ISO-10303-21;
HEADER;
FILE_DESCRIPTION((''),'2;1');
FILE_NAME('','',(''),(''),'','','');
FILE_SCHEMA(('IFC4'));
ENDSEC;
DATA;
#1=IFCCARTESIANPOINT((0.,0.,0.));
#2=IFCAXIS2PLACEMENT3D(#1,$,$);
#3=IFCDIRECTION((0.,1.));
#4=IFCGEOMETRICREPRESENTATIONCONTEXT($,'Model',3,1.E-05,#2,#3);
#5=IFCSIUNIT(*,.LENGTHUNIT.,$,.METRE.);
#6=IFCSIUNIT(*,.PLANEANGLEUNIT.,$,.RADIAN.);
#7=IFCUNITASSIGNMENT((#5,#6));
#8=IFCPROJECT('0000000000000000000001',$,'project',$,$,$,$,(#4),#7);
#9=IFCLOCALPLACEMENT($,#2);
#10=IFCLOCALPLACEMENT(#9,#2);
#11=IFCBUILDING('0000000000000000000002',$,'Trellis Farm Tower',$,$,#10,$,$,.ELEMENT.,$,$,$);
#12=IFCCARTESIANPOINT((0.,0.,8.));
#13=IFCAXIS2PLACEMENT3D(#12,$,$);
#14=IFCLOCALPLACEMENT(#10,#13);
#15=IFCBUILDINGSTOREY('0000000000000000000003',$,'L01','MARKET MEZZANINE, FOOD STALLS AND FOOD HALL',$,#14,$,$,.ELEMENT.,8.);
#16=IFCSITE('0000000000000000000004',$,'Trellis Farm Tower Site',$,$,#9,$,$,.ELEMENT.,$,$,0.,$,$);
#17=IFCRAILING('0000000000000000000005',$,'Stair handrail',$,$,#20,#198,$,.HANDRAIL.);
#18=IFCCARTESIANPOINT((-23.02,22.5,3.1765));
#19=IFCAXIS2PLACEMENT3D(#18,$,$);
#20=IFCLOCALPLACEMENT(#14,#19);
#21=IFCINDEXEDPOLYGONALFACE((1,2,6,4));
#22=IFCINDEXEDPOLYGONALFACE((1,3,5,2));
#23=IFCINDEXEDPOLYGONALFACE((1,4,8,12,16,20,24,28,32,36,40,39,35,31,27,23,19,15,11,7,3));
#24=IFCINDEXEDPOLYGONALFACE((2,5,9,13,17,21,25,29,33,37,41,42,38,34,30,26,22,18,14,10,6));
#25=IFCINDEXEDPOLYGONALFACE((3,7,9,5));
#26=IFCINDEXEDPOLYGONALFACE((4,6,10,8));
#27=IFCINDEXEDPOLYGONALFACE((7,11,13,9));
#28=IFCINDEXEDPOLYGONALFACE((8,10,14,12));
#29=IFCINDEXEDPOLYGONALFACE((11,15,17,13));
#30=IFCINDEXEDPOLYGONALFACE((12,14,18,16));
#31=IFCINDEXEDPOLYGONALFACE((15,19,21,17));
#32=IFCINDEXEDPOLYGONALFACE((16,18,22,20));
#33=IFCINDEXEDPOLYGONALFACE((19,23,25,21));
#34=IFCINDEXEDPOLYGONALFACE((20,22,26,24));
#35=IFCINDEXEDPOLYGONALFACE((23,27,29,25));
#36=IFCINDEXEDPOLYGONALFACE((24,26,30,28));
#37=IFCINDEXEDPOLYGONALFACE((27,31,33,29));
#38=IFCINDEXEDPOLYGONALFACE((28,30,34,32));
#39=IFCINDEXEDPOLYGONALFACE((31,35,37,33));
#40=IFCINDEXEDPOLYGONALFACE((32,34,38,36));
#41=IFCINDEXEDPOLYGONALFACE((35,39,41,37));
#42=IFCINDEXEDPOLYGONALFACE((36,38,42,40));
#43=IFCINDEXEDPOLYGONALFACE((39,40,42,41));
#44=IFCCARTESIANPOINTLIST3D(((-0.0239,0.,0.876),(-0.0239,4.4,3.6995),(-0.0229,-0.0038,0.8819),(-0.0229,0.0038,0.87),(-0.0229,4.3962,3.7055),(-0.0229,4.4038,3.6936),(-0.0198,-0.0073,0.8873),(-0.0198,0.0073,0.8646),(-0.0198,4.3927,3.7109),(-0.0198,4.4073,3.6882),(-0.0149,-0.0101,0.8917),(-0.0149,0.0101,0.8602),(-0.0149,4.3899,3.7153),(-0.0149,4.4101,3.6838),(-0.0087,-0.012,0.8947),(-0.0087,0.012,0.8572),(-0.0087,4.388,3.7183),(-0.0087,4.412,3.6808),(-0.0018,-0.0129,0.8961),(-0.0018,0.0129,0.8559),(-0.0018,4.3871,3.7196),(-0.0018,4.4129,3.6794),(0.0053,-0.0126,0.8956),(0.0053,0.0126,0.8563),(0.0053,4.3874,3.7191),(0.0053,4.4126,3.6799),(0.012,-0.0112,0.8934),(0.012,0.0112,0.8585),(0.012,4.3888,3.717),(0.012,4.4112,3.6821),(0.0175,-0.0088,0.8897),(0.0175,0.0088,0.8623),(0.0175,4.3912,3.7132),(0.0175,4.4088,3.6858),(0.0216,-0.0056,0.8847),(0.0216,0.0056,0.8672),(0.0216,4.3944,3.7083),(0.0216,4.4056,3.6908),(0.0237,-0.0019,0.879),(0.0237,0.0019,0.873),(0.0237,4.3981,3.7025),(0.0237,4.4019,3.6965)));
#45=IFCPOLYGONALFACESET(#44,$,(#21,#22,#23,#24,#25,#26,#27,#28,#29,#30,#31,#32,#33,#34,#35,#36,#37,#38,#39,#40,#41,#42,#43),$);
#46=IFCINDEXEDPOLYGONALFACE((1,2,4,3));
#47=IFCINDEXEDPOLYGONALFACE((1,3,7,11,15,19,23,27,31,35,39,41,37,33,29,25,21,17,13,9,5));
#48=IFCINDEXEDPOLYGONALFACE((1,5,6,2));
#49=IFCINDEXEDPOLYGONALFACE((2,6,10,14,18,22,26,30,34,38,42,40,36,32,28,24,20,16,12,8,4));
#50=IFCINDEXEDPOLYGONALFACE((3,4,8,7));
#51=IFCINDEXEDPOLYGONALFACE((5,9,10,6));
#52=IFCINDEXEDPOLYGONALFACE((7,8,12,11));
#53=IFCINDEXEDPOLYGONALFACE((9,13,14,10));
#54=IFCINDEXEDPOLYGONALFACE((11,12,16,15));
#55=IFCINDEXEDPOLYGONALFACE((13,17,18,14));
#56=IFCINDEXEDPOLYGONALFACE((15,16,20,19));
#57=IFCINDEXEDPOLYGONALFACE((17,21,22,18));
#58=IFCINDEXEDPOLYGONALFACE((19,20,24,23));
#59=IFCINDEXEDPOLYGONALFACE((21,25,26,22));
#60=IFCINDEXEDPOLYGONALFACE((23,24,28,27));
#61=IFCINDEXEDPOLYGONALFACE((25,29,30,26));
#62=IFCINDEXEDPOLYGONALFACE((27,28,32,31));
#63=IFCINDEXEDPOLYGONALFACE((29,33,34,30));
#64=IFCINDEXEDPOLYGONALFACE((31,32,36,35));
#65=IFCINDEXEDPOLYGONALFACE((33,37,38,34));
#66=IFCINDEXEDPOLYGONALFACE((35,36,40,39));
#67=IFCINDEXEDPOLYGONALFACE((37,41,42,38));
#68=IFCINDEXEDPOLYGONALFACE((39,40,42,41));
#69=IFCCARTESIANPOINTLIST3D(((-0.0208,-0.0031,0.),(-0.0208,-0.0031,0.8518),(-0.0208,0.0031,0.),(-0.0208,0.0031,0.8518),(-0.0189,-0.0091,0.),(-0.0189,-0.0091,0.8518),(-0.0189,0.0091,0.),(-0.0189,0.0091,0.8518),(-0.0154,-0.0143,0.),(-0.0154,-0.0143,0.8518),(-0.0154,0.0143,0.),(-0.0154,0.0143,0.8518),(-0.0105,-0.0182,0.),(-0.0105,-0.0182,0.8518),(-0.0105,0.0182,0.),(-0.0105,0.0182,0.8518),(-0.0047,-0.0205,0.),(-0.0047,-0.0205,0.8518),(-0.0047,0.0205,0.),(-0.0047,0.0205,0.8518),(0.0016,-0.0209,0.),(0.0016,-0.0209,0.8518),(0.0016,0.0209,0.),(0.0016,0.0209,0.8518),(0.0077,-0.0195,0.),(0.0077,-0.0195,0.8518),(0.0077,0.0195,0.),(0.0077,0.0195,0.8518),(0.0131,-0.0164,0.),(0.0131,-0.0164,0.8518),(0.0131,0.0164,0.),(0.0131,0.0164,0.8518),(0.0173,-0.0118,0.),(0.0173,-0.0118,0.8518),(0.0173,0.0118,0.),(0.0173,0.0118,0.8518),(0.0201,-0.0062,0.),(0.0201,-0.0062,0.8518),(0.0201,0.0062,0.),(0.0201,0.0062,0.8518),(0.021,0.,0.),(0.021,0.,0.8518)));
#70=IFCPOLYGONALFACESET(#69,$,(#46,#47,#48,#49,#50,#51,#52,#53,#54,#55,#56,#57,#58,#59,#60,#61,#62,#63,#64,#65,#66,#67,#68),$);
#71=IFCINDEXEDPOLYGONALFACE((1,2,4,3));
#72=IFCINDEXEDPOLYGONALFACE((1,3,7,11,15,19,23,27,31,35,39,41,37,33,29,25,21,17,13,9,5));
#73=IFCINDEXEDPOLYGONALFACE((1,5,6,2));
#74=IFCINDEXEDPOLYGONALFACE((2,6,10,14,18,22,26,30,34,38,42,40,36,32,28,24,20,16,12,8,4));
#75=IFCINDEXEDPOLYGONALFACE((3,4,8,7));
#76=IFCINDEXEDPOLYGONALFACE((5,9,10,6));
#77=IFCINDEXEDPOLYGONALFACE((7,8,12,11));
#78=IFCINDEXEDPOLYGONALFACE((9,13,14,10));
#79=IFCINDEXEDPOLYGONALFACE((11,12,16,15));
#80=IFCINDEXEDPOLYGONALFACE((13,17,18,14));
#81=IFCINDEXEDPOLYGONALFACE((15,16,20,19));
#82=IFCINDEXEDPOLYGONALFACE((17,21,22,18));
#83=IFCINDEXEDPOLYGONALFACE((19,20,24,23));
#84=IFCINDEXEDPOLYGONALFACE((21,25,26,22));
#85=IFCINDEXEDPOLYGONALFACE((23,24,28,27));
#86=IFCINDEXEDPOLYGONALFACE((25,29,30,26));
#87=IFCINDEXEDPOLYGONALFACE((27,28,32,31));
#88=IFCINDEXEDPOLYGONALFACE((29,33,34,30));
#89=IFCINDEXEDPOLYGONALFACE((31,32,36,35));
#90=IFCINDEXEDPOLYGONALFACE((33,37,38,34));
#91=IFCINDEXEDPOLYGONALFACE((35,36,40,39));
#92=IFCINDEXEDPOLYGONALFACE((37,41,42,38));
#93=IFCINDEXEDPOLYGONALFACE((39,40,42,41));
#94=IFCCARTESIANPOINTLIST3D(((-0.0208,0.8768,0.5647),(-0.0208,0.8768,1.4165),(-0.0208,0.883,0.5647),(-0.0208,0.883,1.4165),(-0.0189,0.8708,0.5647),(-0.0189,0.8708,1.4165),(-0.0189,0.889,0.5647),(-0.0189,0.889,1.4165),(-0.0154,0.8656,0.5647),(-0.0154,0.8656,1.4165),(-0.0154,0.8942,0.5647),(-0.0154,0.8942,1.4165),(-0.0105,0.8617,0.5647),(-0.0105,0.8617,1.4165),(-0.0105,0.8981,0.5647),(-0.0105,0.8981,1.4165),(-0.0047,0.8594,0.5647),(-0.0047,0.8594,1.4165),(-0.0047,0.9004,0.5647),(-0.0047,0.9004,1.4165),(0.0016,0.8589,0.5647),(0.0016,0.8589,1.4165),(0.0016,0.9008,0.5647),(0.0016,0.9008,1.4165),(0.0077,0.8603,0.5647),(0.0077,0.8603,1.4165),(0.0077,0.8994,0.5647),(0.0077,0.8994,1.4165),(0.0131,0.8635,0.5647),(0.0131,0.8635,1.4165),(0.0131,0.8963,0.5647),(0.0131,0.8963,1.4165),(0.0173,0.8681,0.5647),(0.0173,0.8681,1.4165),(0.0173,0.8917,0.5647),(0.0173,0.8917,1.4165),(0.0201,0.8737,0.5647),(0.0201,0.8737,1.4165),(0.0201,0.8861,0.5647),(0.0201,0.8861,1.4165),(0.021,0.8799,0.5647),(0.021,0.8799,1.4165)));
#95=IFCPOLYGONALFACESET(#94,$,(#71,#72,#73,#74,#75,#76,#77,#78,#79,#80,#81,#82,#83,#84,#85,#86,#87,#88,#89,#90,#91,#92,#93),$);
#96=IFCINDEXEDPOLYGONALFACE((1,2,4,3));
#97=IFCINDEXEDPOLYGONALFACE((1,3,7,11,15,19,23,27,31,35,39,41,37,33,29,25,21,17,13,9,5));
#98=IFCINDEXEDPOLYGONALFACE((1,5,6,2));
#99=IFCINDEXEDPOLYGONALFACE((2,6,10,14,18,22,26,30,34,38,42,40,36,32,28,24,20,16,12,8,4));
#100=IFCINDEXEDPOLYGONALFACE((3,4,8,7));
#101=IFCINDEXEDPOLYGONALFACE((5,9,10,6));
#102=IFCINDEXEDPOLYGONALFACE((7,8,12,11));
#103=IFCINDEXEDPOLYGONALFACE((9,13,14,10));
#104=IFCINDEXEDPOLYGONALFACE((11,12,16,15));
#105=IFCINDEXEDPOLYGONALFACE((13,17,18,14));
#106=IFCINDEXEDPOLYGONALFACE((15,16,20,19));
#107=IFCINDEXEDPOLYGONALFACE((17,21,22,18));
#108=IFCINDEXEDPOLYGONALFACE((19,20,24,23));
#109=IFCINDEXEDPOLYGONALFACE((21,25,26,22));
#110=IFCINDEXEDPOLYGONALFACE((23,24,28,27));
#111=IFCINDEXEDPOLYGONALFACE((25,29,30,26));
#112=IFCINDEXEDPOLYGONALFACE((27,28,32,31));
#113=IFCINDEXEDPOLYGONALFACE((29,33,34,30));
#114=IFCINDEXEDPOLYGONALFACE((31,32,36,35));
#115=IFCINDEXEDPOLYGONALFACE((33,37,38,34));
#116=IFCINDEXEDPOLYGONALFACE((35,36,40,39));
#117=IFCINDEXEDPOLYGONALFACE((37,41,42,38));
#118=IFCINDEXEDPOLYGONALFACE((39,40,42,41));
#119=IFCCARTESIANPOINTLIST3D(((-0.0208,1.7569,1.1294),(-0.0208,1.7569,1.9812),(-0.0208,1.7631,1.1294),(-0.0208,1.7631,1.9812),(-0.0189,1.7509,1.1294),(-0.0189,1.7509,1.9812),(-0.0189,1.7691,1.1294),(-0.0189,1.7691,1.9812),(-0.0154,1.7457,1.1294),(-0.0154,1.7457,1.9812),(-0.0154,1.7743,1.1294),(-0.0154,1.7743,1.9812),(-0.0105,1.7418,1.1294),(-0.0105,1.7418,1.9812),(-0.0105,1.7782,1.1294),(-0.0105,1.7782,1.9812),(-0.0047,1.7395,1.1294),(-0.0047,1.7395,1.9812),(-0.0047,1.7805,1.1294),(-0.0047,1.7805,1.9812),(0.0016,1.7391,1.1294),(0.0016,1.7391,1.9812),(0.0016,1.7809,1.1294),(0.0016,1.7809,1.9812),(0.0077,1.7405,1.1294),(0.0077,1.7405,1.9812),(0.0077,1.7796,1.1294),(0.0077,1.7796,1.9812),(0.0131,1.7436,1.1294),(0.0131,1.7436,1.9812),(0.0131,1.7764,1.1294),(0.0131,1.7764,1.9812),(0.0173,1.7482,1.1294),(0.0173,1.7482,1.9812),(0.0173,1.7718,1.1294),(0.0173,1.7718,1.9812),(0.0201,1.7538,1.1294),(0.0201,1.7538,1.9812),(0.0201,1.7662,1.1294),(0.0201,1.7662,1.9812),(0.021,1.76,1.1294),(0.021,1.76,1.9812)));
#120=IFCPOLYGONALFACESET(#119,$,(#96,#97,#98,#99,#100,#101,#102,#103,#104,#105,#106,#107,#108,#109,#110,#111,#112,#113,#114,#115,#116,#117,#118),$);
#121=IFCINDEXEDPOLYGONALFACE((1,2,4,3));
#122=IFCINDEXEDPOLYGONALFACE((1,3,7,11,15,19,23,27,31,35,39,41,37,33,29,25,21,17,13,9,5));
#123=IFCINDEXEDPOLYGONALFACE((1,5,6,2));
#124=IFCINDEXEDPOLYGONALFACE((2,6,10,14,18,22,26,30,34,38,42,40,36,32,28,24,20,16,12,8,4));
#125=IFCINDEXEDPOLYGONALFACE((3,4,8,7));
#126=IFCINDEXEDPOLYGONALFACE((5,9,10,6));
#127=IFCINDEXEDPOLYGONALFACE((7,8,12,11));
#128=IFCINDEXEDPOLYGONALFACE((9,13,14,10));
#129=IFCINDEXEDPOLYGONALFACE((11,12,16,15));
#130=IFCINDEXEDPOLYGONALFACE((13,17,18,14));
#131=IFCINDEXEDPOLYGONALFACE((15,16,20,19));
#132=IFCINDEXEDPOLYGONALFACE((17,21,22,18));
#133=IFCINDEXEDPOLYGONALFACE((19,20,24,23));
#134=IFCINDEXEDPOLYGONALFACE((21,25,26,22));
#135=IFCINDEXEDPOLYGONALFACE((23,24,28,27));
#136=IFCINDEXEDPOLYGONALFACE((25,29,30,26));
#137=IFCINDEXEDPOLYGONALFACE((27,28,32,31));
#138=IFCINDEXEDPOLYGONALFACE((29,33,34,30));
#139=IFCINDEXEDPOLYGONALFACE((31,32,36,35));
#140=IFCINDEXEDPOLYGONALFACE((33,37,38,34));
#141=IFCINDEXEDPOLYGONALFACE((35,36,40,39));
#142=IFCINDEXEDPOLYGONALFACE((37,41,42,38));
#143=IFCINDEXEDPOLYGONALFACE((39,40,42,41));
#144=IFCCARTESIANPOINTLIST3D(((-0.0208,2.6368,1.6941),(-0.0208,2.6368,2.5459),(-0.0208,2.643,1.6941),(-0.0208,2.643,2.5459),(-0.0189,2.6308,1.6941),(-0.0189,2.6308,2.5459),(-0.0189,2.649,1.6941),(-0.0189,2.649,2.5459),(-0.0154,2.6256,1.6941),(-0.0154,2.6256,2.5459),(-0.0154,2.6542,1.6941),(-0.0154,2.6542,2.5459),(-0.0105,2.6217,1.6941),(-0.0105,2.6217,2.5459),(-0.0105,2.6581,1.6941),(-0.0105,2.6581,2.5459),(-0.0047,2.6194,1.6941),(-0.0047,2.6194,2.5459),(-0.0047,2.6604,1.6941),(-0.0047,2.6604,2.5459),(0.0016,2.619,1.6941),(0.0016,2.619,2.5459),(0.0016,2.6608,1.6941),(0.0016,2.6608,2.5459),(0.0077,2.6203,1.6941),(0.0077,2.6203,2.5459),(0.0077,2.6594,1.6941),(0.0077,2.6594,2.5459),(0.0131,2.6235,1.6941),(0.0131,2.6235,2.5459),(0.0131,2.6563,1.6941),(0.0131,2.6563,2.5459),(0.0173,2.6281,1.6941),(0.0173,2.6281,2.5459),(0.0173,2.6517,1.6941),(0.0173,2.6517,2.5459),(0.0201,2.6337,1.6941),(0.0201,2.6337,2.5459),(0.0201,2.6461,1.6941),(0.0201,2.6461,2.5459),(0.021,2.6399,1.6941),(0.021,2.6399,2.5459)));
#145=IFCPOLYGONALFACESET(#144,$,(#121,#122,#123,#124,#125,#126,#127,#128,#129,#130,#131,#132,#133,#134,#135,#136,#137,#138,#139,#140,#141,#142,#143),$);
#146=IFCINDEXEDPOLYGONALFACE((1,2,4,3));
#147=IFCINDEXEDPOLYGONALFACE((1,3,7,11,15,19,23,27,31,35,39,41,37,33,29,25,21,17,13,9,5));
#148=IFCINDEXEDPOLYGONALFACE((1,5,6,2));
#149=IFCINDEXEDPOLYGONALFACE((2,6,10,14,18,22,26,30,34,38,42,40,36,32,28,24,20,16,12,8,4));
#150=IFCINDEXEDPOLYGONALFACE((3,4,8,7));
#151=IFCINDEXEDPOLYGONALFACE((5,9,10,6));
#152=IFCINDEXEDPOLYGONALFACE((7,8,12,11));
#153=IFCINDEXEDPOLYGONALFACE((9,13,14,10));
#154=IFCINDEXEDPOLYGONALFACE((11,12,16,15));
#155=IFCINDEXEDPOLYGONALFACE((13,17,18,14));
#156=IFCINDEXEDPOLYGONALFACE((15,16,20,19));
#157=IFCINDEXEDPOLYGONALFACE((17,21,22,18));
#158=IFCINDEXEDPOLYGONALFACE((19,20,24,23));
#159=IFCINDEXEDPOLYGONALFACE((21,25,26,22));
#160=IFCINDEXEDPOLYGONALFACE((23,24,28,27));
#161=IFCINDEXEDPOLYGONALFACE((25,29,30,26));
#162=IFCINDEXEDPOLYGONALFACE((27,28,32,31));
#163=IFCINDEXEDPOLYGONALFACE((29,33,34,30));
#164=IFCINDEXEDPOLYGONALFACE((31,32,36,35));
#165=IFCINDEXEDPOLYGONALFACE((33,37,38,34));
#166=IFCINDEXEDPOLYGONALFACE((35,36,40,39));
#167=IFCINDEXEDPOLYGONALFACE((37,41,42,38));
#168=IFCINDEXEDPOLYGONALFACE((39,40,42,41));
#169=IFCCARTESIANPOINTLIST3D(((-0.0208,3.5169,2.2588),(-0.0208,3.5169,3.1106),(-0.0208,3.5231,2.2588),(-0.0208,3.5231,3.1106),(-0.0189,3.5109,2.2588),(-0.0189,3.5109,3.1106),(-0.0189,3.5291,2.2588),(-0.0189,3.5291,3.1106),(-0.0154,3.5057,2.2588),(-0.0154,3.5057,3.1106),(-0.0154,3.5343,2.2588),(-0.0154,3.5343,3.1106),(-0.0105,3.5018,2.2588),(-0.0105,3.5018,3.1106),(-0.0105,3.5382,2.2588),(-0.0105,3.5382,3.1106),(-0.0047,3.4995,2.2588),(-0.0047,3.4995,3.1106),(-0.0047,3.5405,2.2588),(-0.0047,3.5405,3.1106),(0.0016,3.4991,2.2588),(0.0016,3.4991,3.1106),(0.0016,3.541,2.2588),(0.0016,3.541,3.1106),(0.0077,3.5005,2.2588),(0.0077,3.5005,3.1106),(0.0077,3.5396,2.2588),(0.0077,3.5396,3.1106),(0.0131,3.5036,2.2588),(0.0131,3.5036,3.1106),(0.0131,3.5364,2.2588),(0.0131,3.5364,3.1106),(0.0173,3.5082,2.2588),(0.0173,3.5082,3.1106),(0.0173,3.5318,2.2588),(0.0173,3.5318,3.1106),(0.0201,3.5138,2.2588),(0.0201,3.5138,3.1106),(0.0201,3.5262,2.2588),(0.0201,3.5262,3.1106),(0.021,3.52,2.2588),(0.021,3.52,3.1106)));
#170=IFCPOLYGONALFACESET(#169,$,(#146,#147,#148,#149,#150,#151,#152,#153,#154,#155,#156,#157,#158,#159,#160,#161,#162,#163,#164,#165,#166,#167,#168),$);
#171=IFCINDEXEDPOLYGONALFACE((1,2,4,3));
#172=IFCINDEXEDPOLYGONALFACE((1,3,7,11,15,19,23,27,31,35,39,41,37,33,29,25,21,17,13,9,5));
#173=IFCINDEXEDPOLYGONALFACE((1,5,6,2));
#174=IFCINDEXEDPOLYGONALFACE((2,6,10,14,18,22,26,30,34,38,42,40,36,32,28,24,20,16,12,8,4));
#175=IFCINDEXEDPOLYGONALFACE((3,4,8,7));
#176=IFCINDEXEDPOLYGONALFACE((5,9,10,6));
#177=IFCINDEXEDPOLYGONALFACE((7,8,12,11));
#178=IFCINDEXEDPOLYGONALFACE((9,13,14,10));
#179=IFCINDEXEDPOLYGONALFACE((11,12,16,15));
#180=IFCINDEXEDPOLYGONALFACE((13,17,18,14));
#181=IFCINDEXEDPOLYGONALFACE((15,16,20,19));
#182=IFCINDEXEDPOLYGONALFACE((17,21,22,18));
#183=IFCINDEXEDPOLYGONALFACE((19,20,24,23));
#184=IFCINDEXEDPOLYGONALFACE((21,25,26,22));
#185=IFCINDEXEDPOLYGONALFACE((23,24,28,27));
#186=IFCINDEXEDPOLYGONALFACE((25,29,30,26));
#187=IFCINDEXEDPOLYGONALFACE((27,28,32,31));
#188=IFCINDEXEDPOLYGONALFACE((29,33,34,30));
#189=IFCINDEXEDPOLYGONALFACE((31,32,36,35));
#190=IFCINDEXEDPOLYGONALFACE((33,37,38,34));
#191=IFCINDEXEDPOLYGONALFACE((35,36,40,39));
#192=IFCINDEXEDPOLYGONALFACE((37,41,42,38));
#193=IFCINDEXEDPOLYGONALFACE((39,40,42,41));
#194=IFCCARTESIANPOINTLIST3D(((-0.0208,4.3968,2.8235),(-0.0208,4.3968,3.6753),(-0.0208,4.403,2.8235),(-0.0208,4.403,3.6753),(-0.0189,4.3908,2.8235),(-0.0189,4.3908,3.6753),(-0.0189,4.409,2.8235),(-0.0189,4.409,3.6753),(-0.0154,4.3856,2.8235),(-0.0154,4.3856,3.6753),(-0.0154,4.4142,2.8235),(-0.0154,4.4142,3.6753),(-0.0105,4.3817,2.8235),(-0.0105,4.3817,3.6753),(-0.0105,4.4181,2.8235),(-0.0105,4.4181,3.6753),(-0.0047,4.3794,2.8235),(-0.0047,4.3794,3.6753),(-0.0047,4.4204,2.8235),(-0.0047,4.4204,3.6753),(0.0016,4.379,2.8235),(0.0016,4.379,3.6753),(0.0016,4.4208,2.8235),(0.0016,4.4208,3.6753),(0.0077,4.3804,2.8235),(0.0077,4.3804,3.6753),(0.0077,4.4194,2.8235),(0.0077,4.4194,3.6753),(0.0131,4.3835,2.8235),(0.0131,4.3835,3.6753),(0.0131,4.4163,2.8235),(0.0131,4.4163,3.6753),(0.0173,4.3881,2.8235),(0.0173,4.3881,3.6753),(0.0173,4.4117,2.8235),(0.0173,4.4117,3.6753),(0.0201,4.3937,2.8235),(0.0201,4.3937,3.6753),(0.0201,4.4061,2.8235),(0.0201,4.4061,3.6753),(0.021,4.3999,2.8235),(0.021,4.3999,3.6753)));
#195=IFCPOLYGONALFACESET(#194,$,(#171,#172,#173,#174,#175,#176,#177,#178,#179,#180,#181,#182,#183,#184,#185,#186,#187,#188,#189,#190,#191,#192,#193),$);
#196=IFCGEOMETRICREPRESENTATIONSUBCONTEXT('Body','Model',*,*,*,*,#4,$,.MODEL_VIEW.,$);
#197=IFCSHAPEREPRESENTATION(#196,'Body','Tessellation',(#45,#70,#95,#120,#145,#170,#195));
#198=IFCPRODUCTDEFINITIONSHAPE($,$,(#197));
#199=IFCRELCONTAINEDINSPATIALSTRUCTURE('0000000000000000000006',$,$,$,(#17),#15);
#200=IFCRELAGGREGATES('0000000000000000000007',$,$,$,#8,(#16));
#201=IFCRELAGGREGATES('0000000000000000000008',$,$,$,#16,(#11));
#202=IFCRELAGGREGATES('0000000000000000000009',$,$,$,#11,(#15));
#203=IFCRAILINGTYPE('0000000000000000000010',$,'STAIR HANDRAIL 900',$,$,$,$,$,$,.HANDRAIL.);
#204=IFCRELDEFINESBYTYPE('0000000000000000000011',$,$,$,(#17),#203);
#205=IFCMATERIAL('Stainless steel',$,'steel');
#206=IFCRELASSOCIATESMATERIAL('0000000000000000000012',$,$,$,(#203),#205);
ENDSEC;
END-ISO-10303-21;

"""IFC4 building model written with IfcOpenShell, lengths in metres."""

from ifc_helpers import new_model, si_unit, direction, frame, origin, origin_2d, place, context, subcontext, project, spatial, circle, extrude, source, transform, mapped, material, type_object, element, save


model = new_model("IFC4")

# Units and contexts
model_context = context("Model", 3, precision=1e-05, world=origin(), true_north=direction((0.0, 1.0)))
body_context = subcontext(model_context, "Body", "Model", "MODEL_VIEW")
ifc_project = project(units=[si_unit("LENGTHUNIT", "METRE"), si_unit("PLANEANGLEUNIT", "RADIAN")], contexts=[model_context])

# Site, building, storey
site_placement = place(None, origin())
site = spatial("IfcSite", under=ifc_project, at=site_placement, Name="Trellis Farm Tower Site", CompositionType="ELEMENT", RefElevation=0.0)
building_placement = place(site_placement, origin())
building = spatial("IfcBuilding", under=site, at=building_placement, Name="Trellis Farm Tower", CompositionType="ELEMENT")
storey_placement = place(building_placement, frame((0.0, 0.0, 8.0)))
storey = spatial("IfcBuildingStorey", under=building, at=storey_placement, Name="L01", Description="MARKET MEZZANINE, FOOD STALLS AND FOOD HALL", CompositionType="ELEMENT", Elevation=8.0)

# Railing
ifc_material_1 = material(Name="Stainless steel", Category="steel")
railing_type = type_object("IfcRailingType", Name="STAIR HANDRAIL 900", PredefinedType="HANDRAIL", material=ifc_material_1)
shared_shape_1 = source(origin(), body_context, "Body", "SweptSolid", [
    extrude(circle(Radius=0.0239, at=origin_2d()), frame((0.0, 0.0, 0.876), z_axis=(0.0, 0.841615, 0.540078), x_axis=(-1.0, 0.0, 0.0)), (0.0, 0.0, 1.0), 5.228),
    extrude(circle(Radius=0.021, at=origin_2d()), origin(), (0.0, 0.0, 1.0), 0.8518),
    extrude(circle(Radius=0.021, at=origin_2d()), frame((0.0, 0.8799, 0.5647)), (0.0, 0.0, 1.0), 0.8518),
    extrude(circle(Radius=0.021, at=origin_2d()), frame((0.0, 1.76, 1.1294)), (0.0, 0.0, 1.0), 0.8518),
    extrude(circle(Radius=0.021, at=origin_2d()), frame((0.0, 2.6399, 1.6941)), (0.0, 0.0, 1.0), 0.8518),
    extrude(circle(Radius=0.021, at=origin_2d()), frame((0.0, 3.52, 2.2588)), (0.0, 0.0, 1.0), 0.8518),
    extrude(circle(Radius=0.021, at=origin_2d()), frame((0.0, 4.3999, 2.8235)), (0.0, 0.0, 1.0), 0.8518),
])
for number, where, name in (
    (1, (-23.02, 22.5, 3.1765), "Stair handrail"),
):
    element("IfcRailing", number, at=place(storey_placement, frame(where)), inside=storey, type_object=railing_type, Name=name, PredefinedType="HANDRAIL", context=body_context, shape_type="MappedRepresentation", body=[
        mapped(shared_shape_1, transform((0.0, 0.0, 0.0))),
    ])

save(model, "model.ifc")
